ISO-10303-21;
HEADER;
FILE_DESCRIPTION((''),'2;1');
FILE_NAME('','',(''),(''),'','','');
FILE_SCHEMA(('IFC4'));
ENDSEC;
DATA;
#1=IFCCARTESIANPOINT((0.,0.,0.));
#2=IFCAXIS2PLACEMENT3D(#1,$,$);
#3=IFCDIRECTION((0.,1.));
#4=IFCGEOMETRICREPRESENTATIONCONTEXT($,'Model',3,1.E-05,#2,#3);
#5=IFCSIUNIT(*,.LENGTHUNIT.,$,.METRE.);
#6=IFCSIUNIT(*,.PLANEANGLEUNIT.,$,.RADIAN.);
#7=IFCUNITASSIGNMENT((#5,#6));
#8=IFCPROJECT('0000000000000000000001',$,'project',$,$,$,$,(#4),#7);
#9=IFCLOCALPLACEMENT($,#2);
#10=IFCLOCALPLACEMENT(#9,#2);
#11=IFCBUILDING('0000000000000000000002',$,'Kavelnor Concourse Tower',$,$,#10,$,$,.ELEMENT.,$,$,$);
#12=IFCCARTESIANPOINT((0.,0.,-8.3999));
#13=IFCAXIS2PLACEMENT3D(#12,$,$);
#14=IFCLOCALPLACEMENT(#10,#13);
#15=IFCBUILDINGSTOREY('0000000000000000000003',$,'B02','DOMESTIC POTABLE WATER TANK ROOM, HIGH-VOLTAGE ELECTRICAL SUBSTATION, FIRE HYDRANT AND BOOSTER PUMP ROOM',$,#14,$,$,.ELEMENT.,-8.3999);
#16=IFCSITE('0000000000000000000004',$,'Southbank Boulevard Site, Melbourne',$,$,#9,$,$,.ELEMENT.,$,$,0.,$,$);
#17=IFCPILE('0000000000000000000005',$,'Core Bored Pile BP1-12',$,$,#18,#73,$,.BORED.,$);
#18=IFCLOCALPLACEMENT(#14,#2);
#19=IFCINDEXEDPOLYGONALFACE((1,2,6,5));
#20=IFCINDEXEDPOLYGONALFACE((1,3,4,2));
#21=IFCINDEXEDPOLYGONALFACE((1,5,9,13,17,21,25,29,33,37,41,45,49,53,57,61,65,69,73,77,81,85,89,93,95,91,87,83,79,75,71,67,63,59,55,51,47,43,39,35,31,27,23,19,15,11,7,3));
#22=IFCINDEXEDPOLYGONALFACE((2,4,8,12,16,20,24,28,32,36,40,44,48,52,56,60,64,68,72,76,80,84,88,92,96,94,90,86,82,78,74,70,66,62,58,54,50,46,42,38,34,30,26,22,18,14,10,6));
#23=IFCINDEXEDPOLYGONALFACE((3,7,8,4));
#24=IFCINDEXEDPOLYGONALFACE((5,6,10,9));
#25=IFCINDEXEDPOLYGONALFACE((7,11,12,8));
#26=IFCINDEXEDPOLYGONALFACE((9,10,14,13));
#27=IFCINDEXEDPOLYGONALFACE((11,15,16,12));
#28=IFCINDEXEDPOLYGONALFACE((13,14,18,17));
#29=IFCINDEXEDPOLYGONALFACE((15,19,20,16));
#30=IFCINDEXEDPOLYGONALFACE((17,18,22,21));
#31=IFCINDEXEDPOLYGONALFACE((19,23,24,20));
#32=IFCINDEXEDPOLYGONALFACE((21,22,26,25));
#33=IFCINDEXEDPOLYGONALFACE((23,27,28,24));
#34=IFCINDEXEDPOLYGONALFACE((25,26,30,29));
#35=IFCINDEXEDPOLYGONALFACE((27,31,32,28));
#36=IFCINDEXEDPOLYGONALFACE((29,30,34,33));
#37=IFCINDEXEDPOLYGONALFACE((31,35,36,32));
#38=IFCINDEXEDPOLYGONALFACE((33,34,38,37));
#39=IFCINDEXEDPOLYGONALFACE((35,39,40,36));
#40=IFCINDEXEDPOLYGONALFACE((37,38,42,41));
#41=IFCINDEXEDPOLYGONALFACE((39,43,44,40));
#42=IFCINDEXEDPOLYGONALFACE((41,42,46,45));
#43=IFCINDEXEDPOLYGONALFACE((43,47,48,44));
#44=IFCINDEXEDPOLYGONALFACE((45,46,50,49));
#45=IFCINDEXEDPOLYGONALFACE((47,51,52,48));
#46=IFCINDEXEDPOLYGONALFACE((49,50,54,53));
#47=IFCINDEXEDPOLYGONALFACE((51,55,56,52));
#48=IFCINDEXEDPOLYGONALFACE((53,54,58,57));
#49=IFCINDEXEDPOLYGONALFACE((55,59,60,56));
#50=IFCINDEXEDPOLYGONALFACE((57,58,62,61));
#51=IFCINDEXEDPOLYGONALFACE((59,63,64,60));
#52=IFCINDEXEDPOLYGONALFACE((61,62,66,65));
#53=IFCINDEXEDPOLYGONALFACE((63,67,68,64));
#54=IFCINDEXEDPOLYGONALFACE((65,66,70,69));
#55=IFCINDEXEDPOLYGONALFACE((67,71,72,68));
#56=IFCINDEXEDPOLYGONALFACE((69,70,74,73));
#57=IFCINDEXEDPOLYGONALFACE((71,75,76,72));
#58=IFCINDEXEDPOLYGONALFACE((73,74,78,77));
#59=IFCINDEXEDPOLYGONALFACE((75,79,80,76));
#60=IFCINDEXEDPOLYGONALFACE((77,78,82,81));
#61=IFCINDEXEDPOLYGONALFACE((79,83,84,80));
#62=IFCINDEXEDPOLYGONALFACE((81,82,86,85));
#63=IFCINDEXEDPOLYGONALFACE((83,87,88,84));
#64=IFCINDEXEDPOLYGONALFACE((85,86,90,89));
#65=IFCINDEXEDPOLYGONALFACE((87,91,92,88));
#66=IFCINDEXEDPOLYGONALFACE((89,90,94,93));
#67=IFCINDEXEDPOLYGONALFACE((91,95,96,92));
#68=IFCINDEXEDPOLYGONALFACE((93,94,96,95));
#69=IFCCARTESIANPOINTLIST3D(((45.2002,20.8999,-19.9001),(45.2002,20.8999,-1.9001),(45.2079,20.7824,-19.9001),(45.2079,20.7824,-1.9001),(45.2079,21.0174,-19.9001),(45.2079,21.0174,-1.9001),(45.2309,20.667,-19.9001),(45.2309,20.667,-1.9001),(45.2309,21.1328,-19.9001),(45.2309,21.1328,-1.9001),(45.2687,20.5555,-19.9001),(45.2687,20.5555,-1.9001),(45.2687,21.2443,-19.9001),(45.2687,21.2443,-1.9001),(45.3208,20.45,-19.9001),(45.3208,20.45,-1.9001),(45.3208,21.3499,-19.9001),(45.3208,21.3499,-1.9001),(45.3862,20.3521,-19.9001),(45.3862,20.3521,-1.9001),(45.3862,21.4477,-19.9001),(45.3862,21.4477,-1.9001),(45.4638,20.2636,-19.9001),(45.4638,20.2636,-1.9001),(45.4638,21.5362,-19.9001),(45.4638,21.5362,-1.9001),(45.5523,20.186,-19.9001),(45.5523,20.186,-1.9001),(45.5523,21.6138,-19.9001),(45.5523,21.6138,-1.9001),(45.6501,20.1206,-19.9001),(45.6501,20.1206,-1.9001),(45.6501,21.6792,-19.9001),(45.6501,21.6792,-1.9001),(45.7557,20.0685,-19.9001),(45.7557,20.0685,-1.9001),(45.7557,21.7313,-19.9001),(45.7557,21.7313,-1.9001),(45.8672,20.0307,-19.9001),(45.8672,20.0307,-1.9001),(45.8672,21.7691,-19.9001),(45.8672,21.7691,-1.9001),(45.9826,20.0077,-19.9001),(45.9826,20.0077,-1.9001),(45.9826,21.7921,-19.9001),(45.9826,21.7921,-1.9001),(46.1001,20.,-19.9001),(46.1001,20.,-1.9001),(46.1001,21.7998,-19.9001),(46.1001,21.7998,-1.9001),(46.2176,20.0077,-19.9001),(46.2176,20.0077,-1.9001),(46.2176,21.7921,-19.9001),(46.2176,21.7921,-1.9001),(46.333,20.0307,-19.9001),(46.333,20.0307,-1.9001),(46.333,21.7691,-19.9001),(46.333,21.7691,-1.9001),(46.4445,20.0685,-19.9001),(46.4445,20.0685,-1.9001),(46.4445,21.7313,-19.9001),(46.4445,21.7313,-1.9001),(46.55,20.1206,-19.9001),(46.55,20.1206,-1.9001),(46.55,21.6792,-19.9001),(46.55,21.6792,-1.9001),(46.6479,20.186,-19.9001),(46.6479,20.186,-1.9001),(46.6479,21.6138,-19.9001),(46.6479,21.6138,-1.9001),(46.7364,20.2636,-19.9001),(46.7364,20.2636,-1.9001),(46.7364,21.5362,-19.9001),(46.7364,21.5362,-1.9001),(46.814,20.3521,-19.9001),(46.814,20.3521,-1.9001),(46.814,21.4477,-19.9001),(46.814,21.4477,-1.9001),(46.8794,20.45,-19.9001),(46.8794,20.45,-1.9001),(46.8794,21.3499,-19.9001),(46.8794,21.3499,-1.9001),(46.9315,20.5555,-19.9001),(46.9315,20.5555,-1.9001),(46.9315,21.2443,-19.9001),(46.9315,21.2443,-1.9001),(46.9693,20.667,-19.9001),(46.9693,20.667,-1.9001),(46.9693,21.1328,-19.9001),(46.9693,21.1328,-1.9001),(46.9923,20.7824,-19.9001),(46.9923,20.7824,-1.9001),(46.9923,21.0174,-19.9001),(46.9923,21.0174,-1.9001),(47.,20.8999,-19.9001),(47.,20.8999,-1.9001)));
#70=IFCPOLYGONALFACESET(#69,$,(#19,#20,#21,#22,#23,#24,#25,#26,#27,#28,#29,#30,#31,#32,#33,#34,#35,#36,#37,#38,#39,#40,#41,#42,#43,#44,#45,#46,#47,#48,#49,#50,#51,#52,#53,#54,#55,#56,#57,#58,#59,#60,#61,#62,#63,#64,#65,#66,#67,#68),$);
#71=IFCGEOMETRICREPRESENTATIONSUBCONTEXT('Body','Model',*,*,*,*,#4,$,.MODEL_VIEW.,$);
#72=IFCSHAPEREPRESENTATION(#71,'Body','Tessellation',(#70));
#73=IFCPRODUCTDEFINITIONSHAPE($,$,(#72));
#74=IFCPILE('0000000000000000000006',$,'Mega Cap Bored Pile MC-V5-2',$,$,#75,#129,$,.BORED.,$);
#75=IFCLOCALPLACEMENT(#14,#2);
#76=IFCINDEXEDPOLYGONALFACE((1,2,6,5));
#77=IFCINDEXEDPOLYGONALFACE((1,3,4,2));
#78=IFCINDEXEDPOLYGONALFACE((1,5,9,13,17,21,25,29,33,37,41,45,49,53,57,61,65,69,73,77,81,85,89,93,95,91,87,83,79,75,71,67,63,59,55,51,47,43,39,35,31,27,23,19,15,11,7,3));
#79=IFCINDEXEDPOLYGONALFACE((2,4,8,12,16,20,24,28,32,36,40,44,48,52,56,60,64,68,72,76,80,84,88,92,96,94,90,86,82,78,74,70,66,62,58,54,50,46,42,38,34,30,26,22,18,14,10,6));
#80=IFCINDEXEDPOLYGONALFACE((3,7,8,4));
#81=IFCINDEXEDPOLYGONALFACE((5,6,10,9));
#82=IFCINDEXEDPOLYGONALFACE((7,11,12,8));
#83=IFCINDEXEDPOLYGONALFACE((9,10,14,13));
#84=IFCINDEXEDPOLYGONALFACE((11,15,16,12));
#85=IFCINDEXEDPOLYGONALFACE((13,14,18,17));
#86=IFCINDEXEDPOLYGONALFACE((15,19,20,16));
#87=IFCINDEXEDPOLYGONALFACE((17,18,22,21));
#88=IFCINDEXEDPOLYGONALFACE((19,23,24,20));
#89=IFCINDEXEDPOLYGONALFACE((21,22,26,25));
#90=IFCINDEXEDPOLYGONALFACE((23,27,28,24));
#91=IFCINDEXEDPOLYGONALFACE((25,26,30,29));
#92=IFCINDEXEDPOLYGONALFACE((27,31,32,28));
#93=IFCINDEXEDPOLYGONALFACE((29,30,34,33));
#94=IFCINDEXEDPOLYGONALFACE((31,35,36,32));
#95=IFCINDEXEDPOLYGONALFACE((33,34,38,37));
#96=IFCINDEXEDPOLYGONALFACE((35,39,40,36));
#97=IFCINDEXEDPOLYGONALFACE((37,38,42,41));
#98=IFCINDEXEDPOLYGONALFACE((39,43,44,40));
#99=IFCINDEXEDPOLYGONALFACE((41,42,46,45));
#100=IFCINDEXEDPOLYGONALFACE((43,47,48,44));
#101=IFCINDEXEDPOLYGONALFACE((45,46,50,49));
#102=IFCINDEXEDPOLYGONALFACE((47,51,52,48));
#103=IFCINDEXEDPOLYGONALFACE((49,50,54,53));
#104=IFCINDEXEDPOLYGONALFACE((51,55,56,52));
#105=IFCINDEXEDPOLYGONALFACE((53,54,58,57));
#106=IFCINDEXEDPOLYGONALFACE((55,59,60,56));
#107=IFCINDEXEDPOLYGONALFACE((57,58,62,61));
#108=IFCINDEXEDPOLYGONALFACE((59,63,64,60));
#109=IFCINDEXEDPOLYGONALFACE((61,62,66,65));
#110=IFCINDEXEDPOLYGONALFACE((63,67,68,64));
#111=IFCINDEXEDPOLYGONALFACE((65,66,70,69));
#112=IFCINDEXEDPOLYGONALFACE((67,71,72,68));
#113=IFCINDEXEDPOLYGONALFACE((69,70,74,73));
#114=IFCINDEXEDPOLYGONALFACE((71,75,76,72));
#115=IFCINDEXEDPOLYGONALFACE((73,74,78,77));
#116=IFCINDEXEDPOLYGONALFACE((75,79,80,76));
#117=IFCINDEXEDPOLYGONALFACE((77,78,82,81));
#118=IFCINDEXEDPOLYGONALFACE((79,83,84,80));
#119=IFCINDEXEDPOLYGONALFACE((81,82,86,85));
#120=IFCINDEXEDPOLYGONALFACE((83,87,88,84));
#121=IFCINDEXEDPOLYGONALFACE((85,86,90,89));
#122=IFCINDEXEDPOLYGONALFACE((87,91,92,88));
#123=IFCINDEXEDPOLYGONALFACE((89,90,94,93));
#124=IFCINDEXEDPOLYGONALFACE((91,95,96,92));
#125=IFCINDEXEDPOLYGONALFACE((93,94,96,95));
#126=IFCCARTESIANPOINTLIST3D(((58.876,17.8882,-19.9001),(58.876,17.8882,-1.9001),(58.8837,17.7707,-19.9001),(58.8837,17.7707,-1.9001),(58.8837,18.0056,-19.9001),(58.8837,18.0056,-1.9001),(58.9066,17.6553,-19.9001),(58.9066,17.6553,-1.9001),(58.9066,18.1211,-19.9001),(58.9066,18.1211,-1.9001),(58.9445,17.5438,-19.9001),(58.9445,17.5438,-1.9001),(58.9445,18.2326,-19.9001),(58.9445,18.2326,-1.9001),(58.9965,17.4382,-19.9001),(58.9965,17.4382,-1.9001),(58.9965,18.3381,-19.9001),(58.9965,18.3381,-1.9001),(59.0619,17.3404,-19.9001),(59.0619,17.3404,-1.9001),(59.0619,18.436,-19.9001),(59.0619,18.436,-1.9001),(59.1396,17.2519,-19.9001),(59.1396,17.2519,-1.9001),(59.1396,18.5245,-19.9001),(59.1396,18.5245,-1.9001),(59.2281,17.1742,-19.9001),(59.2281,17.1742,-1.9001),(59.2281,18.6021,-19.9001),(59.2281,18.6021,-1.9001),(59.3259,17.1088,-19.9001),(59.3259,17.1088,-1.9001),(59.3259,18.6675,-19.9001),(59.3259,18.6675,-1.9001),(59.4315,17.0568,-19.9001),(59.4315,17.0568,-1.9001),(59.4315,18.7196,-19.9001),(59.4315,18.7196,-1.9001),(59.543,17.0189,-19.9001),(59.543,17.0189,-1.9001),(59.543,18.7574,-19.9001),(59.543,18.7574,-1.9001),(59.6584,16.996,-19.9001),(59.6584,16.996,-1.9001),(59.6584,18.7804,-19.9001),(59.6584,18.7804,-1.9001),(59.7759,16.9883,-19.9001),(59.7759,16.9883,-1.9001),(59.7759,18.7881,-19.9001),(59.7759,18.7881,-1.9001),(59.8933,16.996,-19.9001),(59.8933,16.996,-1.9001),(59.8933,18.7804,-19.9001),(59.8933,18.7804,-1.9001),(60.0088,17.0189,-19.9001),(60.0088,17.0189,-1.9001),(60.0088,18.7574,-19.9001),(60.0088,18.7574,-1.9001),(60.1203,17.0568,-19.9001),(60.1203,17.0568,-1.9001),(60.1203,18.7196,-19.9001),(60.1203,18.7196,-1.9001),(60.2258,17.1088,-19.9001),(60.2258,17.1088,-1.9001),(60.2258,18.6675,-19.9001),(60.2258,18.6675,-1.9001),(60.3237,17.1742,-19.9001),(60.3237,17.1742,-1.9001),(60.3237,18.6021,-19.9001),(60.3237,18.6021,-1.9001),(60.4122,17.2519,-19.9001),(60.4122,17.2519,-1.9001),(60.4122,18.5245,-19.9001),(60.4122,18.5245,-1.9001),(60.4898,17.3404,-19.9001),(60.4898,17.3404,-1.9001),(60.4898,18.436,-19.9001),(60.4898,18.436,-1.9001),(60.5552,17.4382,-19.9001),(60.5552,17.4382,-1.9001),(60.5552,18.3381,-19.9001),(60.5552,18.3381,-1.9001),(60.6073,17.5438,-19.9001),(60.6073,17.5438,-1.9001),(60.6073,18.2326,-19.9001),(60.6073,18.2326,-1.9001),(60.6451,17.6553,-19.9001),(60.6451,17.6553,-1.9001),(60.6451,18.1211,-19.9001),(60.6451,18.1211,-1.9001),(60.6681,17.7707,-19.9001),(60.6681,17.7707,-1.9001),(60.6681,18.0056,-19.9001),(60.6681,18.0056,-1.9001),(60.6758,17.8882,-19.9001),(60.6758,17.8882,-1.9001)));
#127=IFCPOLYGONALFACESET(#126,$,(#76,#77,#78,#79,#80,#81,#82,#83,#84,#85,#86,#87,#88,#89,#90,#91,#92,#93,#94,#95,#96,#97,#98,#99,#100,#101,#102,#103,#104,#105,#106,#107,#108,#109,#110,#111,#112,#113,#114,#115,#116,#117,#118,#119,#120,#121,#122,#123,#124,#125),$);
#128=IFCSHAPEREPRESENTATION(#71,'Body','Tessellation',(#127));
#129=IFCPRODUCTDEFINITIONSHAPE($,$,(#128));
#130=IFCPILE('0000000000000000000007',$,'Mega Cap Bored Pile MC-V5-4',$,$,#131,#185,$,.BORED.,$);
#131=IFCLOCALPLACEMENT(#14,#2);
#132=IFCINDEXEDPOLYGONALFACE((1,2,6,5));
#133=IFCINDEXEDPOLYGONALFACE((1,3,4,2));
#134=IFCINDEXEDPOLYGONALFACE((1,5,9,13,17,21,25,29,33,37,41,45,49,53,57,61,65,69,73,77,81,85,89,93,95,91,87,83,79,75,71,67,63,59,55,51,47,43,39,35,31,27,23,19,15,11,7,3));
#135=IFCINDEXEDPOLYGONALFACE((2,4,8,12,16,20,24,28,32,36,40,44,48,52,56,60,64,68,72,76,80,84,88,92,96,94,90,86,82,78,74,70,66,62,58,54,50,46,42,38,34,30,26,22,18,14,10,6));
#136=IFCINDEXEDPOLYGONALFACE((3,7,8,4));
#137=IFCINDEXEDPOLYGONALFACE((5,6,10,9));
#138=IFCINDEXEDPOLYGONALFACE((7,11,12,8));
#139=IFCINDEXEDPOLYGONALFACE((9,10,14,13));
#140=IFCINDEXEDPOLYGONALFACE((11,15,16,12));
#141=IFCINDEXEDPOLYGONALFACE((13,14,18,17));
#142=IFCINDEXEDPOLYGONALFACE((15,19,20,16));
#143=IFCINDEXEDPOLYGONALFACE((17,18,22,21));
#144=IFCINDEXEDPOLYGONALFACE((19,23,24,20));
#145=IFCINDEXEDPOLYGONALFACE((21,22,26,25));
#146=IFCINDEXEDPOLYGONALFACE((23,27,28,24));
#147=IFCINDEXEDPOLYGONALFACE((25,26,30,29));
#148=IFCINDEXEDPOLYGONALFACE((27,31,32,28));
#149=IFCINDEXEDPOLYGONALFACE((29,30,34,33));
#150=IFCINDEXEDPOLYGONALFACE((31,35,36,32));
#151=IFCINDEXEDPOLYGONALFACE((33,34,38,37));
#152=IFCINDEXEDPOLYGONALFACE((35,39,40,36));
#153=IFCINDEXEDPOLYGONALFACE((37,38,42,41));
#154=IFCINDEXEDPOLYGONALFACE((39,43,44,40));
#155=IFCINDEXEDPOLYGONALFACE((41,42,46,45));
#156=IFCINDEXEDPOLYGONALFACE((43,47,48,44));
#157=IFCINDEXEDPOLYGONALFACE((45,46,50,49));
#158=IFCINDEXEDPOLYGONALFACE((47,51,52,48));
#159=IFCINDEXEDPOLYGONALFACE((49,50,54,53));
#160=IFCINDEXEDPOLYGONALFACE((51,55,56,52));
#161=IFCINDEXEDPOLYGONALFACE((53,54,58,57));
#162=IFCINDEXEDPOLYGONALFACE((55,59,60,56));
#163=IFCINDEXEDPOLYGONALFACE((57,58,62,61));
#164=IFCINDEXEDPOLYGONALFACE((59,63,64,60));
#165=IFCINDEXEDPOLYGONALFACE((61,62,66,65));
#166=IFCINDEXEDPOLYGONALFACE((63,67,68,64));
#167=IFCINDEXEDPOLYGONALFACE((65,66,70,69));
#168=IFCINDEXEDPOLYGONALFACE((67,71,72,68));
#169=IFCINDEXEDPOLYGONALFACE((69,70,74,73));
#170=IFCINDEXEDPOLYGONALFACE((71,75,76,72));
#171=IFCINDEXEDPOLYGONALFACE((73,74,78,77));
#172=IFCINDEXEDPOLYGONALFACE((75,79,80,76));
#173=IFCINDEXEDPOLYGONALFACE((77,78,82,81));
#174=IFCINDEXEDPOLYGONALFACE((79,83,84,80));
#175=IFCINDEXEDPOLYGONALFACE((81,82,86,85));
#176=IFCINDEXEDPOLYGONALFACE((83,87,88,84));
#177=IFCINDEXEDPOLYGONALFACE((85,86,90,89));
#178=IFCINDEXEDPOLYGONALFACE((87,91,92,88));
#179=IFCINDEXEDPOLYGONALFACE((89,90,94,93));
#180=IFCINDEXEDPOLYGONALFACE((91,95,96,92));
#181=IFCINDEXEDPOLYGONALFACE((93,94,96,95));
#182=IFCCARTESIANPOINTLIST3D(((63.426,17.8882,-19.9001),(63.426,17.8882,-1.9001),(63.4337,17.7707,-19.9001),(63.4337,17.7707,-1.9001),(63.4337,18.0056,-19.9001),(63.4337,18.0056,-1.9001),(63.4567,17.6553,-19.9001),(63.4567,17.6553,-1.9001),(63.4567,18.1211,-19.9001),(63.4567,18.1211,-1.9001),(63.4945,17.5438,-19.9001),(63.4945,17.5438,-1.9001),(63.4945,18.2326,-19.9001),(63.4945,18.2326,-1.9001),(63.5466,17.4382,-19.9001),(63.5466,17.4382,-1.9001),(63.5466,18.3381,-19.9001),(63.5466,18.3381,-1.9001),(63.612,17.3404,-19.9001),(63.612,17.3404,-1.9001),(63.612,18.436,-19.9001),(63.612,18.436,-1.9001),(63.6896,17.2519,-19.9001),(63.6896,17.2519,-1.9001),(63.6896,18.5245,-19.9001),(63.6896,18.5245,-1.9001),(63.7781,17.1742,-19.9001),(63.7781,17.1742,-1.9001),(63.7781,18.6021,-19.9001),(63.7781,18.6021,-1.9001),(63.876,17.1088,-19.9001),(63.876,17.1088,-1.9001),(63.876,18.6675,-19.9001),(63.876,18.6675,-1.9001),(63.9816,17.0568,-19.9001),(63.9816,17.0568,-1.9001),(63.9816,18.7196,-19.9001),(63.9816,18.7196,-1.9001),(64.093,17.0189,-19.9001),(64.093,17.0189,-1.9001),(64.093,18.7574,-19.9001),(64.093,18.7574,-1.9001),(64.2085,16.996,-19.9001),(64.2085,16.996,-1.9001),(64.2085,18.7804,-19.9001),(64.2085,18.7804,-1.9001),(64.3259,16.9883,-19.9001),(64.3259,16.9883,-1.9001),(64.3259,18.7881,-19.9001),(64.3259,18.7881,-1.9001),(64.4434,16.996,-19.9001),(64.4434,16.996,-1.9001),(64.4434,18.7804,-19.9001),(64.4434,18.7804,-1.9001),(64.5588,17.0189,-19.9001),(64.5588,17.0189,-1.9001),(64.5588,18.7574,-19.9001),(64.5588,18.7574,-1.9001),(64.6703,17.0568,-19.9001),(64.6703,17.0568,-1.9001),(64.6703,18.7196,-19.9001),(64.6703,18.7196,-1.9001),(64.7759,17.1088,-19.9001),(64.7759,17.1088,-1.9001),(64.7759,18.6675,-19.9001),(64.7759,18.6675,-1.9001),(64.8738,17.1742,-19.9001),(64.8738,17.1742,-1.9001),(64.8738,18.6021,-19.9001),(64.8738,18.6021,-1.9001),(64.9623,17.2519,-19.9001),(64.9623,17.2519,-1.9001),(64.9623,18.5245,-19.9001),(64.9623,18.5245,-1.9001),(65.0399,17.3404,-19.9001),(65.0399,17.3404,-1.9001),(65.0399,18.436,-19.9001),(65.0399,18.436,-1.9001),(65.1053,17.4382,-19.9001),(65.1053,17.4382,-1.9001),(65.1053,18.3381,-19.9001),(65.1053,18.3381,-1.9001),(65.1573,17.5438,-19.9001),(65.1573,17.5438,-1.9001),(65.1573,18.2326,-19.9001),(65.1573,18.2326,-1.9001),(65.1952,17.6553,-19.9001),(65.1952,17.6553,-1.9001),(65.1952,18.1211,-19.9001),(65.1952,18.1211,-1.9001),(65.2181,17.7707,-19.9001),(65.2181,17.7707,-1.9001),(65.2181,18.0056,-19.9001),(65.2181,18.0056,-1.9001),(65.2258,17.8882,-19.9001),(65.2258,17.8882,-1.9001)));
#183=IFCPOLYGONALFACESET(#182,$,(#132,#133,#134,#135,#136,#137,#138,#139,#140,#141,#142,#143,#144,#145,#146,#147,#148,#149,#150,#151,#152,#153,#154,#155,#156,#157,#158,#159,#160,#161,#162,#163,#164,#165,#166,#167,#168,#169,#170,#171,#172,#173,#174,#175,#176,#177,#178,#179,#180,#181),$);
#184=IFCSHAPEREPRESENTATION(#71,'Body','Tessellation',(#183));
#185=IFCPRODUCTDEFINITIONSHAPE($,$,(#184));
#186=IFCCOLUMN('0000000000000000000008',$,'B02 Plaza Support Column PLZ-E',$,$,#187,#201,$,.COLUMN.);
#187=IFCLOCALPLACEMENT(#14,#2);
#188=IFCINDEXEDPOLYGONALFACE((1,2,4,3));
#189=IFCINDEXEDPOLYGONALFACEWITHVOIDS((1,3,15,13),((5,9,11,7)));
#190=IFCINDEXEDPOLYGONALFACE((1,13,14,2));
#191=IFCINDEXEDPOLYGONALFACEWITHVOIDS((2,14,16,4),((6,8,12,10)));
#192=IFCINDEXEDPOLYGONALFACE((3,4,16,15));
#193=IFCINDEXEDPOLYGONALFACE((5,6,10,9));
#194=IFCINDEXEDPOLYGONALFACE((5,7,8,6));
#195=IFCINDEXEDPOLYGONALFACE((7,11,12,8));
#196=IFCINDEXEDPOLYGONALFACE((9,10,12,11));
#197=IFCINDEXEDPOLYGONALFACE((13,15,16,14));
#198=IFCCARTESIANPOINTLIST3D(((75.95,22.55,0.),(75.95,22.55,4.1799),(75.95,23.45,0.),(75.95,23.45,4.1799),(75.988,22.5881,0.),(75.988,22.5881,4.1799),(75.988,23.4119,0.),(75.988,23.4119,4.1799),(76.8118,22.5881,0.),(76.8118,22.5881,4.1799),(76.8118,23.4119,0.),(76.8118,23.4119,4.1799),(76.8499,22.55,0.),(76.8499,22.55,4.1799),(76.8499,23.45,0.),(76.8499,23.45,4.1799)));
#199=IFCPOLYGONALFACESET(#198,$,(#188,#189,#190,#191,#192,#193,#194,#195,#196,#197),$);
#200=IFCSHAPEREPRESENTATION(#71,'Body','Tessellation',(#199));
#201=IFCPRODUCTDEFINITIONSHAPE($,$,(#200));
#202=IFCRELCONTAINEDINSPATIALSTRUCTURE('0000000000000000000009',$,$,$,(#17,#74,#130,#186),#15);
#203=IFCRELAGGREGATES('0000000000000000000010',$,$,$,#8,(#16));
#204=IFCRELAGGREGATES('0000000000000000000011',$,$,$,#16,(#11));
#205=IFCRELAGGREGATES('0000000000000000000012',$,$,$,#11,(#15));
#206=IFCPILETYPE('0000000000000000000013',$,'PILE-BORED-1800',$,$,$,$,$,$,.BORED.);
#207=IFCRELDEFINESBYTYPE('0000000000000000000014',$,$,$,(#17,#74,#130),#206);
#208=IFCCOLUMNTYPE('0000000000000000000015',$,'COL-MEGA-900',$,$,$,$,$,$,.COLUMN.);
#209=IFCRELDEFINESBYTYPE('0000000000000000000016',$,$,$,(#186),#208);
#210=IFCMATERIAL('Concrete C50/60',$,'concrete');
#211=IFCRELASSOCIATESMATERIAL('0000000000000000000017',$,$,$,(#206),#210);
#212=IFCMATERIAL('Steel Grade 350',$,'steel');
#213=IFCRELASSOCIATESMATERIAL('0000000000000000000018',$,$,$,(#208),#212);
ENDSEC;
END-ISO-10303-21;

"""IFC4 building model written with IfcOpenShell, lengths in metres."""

from ifc_helpers import new_model, si_unit, direction, frame, origin, origin_2d, place, context, subcontext, project, spatial, hollow_rectangle, circle, extrude, material, material_profile, profile_set, type_object, element, save


model = new_model("IFC4")

# Units and contexts
model_context = context("Model", 3, precision=1e-05, world=origin(), true_north=direction((0.0, 1.0)))
body_context = subcontext(model_context, "Body", "Model", "MODEL_VIEW")
ifc_project = project(units=[si_unit("LENGTHUNIT", "METRE"), si_unit("PLANEANGLEUNIT", "RADIAN")], contexts=[model_context])

# Site, building, storey
site_placement = place(None, origin())
site = spatial("IfcSite", under=ifc_project, at=site_placement, Name="Southbank Boulevard Site, Melbourne", CompositionType="ELEMENT", RefElevation=0.0)
building_placement = place(site_placement, origin())
building = spatial("IfcBuilding", under=site, at=building_placement, Name="Kavelnor Concourse Tower", CompositionType="ELEMENT")
storey_placement = place(building_placement, frame((0.0, 0.0, -8.3999)))
storey = spatial("IfcBuildingStorey", under=building, at=storey_placement, Name="B02", Description="DOMESTIC POTABLE WATER TANK ROOM, HIGH-VOLTAGE ELECTRICAL SUBSTATION, FIRE HYDRANT AND BOOSTER PUMP ROOM", CompositionType="ELEMENT", Elevation=-8.3999)

# Shared definitions
ifc_material_1 = material(Name="Concrete C50/60", Category="concrete")

# Piles
ifc_material_profile_1 = material_profile(ifc_material_1, circle(Radius=0.8999, at=origin_2d()), Name="PILE-D1800")
ifc_profile_set_1 = profile_set([ifc_material_profile_1], Name="Concrete C50/60")
pile_type_1 = type_object("IfcPileType", Name="PILE-BORED-1800", PredefinedType="BORED", material=ifc_profile_set_1)
for number, where, z_axis, x_axis, name in (
    (1, (46.1001, 20.8999, -1.9001), (0.0, 0.0, -1.0), (1.0, 0.0, 0.0), "Core Bored Pile BP1-12"),
    (2, (59.7759, 17.8882, -1.9001), (0.0, 0.0, -1.0), (1.0, 0.0, 0.0), "Mega Cap Bored Pile MC-V5-2"),
    (3, (64.3259, 17.8882, -1.9001), (0.0, 0.0, -1.0), (1.0, 0.0, 0.0), "Mega Cap Bored Pile MC-V5-4"),
):
    element("IfcPile", number, at=place(storey_placement, frame(where, z_axis=z_axis, x_axis=x_axis)), inside=storey, type_object=pile_type_1, Name=name, PredefinedType="BORED", context=body_context, shape_type="SweptSolid", body=[
        extrude(circle(Radius=0.8999, at=origin_2d()), origin(), (0.0, 0.0, 1.0), 18.0),
    ])

# Column
ifc_material_2 = material(Name="Steel Grade 350", Category="steel")
ifc_material_profile_2 = material_profile(ifc_material_2, hollow_rectangle(XDim=0.8999, YDim=0.8999, WallThickness=0.0381, at=origin_2d()), Name="SHS 900x900x38")
ifc_profile_set_2 = profile_set([ifc_material_profile_2], Name="Steel Grade 350")
column_type_1 = type_object("IfcColumnType", Name="COL-MEGA-900", PredefinedType="COLUMN", material=ifc_profile_set_2)
column_1_placement = place(storey_placement, frame((76.3999, 23.0, 0.0), z_axis=(0.0, 0.0, 1.0), x_axis=(1.0, 0.0, 0.0)))
element("IfcColumn", 4, at=column_1_placement, inside=storey, type_object=column_type_1, Name="B02 Plaza Support Column PLZ-E", PredefinedType="COLUMN", context=body_context, shape_type="SweptSolid", body=[
    extrude(hollow_rectangle(XDim=0.8999, YDim=0.8999, WallThickness=0.0381, at=origin_2d()), origin(), (0.0, 0.0, 1.0), 4.1799),
])

save(model, "model.ifc")
